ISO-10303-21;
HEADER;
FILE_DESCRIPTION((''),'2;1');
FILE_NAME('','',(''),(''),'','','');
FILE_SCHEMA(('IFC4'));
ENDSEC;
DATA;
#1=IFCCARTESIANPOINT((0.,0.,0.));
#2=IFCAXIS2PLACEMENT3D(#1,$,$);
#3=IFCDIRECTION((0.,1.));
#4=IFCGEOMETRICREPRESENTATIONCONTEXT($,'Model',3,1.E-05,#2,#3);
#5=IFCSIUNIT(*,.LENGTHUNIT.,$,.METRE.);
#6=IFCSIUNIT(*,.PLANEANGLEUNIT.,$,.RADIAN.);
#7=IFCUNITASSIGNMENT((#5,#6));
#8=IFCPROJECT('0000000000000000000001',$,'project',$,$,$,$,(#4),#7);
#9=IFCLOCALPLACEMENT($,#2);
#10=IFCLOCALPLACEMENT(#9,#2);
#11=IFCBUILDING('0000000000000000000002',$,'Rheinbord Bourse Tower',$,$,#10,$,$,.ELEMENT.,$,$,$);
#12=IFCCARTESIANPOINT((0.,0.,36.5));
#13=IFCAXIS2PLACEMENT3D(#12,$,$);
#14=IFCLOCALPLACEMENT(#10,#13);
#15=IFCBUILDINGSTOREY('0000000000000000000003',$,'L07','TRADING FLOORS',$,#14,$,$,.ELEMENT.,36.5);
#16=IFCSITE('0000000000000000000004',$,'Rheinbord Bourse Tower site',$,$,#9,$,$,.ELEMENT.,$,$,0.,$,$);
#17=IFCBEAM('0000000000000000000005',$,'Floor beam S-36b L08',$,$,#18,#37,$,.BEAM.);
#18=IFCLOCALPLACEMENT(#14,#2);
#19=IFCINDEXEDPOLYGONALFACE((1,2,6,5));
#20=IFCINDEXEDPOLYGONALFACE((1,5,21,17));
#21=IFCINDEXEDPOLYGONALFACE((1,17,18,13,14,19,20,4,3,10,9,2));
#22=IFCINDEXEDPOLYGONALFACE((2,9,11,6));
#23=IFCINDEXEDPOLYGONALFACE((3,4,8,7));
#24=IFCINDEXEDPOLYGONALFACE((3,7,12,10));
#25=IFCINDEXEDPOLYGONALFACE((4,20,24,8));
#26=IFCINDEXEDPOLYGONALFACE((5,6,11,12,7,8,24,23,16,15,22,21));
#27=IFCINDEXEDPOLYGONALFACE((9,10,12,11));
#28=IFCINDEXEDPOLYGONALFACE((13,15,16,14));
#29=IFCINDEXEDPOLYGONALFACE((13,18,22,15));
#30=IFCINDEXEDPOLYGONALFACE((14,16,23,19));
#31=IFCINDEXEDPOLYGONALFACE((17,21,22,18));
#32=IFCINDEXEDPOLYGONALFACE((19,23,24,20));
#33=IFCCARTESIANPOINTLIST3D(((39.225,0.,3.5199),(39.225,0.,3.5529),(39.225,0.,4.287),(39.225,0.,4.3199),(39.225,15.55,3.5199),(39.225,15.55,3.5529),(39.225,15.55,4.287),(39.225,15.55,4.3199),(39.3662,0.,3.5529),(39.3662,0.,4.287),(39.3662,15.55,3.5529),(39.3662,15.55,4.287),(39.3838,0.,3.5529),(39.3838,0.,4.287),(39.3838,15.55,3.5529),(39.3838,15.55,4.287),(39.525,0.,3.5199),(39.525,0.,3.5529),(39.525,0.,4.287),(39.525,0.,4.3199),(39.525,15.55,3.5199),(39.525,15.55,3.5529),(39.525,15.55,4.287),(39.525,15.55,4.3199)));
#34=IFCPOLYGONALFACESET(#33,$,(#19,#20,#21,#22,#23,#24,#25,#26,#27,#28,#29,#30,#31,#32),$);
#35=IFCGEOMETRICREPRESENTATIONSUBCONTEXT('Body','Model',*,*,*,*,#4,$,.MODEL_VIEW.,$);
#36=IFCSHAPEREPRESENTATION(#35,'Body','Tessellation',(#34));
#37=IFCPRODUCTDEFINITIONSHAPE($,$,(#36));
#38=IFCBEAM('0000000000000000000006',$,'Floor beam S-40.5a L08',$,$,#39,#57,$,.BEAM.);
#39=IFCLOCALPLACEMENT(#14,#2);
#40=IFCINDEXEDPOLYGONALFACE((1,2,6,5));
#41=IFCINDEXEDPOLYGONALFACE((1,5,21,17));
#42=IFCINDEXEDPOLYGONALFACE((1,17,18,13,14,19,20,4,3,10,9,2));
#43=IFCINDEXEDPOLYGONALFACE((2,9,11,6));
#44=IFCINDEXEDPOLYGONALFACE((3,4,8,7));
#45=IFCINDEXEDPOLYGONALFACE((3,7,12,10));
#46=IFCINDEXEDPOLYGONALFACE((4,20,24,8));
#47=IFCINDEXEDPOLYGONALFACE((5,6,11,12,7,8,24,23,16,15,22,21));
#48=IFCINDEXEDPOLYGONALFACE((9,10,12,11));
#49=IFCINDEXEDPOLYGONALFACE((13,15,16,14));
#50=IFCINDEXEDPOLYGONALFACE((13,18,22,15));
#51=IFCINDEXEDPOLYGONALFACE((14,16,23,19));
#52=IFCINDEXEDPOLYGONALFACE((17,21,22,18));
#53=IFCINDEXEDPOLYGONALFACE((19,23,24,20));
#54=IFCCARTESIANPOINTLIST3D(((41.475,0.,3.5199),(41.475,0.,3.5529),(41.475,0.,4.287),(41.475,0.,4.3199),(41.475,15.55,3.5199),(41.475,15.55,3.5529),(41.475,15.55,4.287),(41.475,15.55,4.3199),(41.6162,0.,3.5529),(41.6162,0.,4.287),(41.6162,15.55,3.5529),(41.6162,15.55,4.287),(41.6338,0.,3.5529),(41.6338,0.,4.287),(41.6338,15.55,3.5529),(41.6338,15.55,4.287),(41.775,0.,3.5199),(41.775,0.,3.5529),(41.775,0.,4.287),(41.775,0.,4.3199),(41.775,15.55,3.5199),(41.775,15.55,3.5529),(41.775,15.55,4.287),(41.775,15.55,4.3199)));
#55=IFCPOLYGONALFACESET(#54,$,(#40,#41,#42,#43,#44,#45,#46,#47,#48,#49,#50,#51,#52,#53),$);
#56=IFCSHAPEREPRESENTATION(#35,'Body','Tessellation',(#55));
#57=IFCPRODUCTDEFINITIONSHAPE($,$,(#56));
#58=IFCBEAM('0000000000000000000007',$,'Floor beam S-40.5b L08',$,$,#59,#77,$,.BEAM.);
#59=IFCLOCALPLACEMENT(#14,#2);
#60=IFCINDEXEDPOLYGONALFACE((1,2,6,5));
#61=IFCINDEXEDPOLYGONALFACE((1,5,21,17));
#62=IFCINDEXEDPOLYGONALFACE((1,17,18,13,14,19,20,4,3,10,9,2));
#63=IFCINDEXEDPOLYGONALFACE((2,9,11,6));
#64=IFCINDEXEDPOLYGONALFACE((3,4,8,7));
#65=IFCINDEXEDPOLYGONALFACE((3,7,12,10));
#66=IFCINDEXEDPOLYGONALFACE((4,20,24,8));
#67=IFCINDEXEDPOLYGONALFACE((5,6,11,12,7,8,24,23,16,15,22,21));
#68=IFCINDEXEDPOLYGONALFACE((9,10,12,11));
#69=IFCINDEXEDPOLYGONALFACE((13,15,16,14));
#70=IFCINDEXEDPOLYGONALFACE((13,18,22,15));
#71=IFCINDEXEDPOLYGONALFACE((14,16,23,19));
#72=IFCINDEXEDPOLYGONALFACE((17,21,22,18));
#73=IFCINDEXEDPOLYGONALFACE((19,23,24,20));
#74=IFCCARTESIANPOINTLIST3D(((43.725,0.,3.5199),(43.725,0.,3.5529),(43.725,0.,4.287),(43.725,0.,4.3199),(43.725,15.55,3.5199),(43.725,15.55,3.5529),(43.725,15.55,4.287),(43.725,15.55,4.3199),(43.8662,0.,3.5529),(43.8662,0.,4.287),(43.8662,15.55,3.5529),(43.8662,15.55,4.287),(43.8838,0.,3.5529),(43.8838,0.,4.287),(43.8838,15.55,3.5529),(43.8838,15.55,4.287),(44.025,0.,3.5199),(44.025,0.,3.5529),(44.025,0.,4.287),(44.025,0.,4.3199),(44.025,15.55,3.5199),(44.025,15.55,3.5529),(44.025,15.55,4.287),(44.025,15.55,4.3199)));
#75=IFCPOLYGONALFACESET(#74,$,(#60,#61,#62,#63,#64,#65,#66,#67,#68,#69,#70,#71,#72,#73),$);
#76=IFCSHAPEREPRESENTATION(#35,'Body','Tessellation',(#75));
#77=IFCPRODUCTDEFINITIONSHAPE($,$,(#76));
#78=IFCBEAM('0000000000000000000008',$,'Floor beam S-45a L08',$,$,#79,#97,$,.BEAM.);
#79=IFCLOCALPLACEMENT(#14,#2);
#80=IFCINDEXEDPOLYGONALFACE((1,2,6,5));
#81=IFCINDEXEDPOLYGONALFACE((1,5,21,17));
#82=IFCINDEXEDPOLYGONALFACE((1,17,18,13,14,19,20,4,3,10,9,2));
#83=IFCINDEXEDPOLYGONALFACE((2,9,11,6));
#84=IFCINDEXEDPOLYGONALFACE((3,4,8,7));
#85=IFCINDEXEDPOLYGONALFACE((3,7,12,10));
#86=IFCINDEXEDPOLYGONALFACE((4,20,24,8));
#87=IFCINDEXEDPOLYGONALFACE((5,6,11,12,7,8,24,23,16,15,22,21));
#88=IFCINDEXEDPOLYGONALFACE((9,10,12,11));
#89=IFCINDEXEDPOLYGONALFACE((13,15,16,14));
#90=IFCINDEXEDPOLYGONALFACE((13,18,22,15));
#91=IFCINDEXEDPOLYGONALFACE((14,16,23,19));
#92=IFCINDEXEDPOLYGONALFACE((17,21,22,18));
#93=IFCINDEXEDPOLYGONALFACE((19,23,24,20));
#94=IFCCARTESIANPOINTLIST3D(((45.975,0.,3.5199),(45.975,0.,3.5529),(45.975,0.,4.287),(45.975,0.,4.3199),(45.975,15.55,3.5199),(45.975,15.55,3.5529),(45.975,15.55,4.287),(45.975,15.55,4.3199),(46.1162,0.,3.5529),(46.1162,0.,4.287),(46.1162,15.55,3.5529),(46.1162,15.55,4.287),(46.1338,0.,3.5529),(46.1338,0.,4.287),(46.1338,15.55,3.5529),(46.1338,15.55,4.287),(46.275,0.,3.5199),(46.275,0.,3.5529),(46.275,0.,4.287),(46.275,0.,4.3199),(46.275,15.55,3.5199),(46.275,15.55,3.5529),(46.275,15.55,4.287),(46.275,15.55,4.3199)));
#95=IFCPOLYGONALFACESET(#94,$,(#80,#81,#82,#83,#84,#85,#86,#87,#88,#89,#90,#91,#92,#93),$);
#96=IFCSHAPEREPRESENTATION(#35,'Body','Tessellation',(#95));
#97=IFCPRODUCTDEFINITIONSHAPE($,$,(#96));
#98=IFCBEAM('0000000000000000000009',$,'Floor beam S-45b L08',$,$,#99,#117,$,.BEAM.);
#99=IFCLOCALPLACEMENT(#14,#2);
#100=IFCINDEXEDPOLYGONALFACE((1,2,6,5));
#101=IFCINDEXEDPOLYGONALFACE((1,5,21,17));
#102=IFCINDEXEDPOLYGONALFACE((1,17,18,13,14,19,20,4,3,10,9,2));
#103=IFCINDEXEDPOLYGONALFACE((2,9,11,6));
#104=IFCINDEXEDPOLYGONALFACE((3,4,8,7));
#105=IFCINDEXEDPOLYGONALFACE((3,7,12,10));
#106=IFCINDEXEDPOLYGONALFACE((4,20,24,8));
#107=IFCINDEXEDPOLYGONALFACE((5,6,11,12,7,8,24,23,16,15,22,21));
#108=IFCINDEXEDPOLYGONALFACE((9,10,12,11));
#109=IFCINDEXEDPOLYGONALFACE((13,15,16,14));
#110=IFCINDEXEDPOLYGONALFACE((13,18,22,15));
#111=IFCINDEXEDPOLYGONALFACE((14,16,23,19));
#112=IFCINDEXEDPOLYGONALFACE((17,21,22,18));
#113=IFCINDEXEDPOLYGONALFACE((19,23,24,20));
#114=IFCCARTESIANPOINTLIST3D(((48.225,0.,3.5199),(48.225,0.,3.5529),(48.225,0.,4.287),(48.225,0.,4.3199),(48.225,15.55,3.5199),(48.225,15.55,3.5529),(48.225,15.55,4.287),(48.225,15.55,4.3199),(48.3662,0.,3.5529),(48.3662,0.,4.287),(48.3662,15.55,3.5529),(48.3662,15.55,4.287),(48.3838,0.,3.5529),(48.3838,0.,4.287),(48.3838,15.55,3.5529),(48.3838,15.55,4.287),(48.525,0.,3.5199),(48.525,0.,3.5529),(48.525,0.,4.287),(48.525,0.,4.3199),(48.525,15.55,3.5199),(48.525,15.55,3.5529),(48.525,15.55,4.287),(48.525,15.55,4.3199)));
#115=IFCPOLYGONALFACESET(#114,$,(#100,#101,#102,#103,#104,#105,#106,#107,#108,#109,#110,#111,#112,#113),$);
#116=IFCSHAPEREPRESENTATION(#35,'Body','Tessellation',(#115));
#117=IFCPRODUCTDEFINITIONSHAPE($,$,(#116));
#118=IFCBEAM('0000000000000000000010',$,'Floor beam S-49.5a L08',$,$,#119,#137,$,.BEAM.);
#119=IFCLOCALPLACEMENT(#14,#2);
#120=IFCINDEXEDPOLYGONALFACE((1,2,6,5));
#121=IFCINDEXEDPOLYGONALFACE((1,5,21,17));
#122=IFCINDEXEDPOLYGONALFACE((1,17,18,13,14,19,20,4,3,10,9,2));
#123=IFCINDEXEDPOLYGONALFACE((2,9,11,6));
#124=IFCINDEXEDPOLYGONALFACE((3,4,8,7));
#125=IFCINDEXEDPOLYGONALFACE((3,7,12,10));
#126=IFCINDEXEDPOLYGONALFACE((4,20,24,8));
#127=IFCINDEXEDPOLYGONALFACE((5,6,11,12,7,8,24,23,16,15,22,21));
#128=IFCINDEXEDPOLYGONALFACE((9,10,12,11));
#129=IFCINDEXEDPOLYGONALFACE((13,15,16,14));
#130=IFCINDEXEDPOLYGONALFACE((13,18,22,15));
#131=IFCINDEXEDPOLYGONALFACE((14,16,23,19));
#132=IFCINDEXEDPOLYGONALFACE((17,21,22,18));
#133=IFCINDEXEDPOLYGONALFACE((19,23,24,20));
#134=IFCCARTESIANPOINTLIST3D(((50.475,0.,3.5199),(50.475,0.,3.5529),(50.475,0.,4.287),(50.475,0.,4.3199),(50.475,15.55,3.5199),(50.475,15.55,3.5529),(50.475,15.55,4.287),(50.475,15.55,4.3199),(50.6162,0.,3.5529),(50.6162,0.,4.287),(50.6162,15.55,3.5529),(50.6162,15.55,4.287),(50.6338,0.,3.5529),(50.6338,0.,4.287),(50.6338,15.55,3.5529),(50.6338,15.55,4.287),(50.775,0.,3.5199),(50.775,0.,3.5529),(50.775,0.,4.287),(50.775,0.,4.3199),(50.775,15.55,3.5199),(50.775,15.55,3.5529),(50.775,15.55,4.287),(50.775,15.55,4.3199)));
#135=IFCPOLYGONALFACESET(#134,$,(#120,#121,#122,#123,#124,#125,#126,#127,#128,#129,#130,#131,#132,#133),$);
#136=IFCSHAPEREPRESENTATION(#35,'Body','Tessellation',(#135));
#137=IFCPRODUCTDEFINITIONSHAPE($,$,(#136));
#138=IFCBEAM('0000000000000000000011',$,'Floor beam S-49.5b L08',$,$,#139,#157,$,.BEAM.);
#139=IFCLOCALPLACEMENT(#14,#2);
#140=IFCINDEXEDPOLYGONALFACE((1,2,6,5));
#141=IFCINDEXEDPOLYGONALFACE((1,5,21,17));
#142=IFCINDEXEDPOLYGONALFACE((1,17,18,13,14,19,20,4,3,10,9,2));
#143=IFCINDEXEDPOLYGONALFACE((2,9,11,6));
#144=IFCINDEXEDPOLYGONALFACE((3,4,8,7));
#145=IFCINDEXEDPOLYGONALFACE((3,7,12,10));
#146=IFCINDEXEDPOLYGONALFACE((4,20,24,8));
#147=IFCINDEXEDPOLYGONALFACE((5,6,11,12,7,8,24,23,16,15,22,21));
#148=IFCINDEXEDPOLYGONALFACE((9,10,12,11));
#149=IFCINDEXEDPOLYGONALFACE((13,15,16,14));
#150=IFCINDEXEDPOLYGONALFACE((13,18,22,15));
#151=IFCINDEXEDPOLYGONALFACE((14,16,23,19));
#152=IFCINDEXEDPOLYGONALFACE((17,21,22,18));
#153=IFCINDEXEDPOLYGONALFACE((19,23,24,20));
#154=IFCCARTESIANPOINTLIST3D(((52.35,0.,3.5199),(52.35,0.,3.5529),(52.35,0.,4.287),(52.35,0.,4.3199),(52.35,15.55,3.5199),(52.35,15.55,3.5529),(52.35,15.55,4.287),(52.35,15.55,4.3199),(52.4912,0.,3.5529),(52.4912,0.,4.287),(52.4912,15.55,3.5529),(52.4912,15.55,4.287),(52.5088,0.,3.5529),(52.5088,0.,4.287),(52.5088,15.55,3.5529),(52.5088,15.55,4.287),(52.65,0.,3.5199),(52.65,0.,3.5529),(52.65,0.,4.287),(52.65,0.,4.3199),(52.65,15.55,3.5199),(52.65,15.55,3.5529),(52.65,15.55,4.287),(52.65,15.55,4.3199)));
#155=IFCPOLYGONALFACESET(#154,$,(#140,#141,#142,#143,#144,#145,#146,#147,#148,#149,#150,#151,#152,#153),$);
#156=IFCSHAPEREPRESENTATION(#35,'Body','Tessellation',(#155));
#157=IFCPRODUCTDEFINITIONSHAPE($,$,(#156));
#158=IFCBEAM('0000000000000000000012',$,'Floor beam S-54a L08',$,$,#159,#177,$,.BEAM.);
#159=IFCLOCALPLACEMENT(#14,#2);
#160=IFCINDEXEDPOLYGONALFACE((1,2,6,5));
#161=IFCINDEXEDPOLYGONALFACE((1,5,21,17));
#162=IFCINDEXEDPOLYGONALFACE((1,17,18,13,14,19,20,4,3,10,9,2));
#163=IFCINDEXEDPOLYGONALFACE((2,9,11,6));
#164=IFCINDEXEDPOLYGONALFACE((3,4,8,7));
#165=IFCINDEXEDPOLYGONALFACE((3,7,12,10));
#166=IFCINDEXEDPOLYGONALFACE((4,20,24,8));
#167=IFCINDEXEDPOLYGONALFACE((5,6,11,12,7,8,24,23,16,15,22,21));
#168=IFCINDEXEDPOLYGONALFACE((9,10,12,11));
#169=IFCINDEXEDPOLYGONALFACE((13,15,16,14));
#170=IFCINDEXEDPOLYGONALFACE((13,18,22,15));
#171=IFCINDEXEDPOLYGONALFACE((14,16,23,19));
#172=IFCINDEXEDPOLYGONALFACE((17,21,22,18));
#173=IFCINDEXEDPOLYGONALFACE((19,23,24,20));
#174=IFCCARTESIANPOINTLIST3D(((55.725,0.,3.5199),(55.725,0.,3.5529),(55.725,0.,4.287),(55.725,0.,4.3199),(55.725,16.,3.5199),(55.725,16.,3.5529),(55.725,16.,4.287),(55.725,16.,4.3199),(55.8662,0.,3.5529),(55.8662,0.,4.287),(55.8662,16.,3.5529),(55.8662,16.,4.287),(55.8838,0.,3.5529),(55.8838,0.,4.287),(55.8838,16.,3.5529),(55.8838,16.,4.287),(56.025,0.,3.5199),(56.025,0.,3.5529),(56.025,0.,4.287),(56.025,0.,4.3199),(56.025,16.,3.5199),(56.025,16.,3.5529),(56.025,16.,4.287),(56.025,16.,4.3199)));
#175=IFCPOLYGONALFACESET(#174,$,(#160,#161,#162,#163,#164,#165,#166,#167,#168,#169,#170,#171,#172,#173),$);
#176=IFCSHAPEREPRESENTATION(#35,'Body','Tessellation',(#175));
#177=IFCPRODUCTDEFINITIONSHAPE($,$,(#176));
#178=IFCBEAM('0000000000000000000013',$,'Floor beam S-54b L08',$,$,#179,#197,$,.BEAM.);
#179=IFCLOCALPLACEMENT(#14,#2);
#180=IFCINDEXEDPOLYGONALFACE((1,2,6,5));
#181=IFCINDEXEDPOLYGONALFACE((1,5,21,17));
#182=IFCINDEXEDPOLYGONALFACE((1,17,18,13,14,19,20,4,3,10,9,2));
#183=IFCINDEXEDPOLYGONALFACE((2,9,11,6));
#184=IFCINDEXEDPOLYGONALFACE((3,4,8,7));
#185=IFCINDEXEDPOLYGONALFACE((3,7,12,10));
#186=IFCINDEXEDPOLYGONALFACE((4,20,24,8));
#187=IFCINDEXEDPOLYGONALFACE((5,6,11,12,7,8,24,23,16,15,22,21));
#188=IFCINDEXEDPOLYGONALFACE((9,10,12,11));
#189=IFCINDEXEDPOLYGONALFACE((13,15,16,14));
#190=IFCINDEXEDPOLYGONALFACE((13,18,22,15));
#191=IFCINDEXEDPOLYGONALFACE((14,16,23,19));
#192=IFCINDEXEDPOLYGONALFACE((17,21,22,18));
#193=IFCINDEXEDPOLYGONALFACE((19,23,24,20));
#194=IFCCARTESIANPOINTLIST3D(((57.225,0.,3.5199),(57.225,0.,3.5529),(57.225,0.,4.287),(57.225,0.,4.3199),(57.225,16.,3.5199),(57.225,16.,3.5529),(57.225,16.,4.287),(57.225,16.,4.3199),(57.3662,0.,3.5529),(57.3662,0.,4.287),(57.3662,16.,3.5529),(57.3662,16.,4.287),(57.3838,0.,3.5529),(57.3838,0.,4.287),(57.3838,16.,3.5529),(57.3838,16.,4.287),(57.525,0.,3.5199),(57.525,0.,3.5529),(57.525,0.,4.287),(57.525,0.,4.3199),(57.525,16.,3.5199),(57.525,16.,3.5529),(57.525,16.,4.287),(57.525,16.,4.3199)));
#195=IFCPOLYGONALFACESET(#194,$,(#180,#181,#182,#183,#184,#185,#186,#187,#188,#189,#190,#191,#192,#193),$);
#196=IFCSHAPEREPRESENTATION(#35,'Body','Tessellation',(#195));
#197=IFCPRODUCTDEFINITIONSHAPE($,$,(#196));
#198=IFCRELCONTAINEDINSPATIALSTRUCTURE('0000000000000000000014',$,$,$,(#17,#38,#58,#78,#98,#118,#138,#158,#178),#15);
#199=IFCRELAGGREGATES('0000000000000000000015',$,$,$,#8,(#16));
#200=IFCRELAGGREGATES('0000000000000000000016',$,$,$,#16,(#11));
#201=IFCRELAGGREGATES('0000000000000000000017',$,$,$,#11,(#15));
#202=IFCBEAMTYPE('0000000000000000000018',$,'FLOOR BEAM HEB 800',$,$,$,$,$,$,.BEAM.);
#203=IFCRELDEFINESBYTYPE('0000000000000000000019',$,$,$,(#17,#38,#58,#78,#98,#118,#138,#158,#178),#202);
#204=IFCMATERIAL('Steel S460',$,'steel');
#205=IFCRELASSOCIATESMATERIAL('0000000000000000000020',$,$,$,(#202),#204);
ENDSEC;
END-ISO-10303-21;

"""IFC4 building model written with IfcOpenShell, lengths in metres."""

from ifc_helpers import new_model, si_unit, direction, frame, origin, origin_2d, place, context, subcontext, project, spatial, i_section, extrude, material, material_profile, profile_set, type_object, element, save


model = new_model("IFC4")

# Units and contexts
model_context = context("Model", 3, precision=1e-05, world=origin(), true_north=direction((0.0, 1.0)))
body_context = subcontext(model_context, "Body", "Model", "MODEL_VIEW")
ifc_project = project(units=[si_unit("LENGTHUNIT", "METRE"), si_unit("PLANEANGLEUNIT", "RADIAN")], contexts=[model_context])

# Site, building, storey
site_placement = place(None, origin())
site = spatial("IfcSite", under=ifc_project, at=site_placement, Name="Rheinbord Bourse Tower site", CompositionType="ELEMENT", RefElevation=0.0)
building_placement = place(site_placement, origin())
building = spatial("IfcBuilding", under=site, at=building_placement, Name="Rheinbord Bourse Tower", CompositionType="ELEMENT")
storey_placement = place(building_placement, frame((0.0, 0.0, 36.5)))
storey = spatial("IfcBuildingStorey", under=building, at=storey_placement, Name="L07", Description="TRADING FLOORS", CompositionType="ELEMENT", Elevation=36.5)

# Beams
ifc_material_1 = material(Name="Steel S460", Category="steel")
ifc_material_profile_1 = material_profile(ifc_material_1, i_section(OverallWidth=0.3, OverallDepth=0.8, WebThickness=0.0176, FlangeThickness=0.033, at=origin_2d()), Name="HEB 800")
ifc_profile_set_1 = profile_set([ifc_material_profile_1], Name="Steel S460")
beam_type_1 = type_object("IfcBeamType", Name="FLOOR BEAM HEB 800", PredefinedType="BEAM", material=ifc_profile_set_1)
for number, where, z_axis, x_axis, name in (
    (1, (39.375, 0.0, 3.9199), (0.0, 1.0, 0.0), (-1.0, 0.0, 0.0), "Floor beam S-36b L08"),
    (2, (41.625, 0.0, 3.9199), (0.0, 1.0, 0.0), (-1.0, 0.0, 0.0), "Floor beam S-40.5a L08"),
    (3, (43.875, 0.0, 3.9199), (0.0, 1.0, 0.0), (-1.0, 0.0, 0.0), "Floor beam S-40.5b L08"),
    (4, (46.125, 0.0, 3.9199), (0.0, 1.0, 0.0), (-1.0, 0.0, 0.0), "Floor beam S-45a L08"),
    (5, (48.375, 0.0, 3.9199), (0.0, 1.0, 0.0), (-1.0, 0.0, 0.0), "Floor beam S-45b L08"),
    (6, (50.625, 0.0, 3.9199), (0.0, 1.0, 0.0), (-1.0, 0.0, 0.0), "Floor beam S-49.5a L08"),
    (7, (52.5, 0.0, 3.9199), (0.0, 1.0, 0.0), (-1.0, 0.0, 0.0), "Floor beam S-49.5b L08"),
):
    element("IfcBeam", number, at=place(storey_placement, frame(where, z_axis=z_axis, x_axis=x_axis)), inside=storey, type_object=beam_type_1, Name=name, PredefinedType="BEAM", context=body_context, shape_type="SweptSolid", body=[
        extrude(i_section(OverallWidth=0.3, OverallDepth=0.8, WebThickness=0.0176, FlangeThickness=0.033, at=origin_2d()), origin(), (0.0, 0.0, 1.0), 15.55),
    ])
for number, where, z_axis, x_axis, name in (
    (8, (55.875, 0.0, 3.9199), (0.0, 1.0, 0.0), (-1.0, 0.0, 0.0), "Floor beam S-54a L08"),
    (9, (57.375, 0.0, 3.9199), (0.0, 1.0, 0.0), (-1.0, 0.0, 0.0), "Floor beam S-54b L08"),
):
    element("IfcBeam", number, at=place(storey_placement, frame(where, z_axis=z_axis, x_axis=x_axis)), inside=storey, type_object=beam_type_1, Name=name, PredefinedType="BEAM", context=body_context, shape_type="SweptSolid", body=[
        extrude(i_section(OverallWidth=0.3, OverallDepth=0.8, WebThickness=0.0176, FlangeThickness=0.033, at=origin_2d()), origin(), (0.0, 0.0, 1.0), 16.0),
    ])

save(model, "model.ifc")
